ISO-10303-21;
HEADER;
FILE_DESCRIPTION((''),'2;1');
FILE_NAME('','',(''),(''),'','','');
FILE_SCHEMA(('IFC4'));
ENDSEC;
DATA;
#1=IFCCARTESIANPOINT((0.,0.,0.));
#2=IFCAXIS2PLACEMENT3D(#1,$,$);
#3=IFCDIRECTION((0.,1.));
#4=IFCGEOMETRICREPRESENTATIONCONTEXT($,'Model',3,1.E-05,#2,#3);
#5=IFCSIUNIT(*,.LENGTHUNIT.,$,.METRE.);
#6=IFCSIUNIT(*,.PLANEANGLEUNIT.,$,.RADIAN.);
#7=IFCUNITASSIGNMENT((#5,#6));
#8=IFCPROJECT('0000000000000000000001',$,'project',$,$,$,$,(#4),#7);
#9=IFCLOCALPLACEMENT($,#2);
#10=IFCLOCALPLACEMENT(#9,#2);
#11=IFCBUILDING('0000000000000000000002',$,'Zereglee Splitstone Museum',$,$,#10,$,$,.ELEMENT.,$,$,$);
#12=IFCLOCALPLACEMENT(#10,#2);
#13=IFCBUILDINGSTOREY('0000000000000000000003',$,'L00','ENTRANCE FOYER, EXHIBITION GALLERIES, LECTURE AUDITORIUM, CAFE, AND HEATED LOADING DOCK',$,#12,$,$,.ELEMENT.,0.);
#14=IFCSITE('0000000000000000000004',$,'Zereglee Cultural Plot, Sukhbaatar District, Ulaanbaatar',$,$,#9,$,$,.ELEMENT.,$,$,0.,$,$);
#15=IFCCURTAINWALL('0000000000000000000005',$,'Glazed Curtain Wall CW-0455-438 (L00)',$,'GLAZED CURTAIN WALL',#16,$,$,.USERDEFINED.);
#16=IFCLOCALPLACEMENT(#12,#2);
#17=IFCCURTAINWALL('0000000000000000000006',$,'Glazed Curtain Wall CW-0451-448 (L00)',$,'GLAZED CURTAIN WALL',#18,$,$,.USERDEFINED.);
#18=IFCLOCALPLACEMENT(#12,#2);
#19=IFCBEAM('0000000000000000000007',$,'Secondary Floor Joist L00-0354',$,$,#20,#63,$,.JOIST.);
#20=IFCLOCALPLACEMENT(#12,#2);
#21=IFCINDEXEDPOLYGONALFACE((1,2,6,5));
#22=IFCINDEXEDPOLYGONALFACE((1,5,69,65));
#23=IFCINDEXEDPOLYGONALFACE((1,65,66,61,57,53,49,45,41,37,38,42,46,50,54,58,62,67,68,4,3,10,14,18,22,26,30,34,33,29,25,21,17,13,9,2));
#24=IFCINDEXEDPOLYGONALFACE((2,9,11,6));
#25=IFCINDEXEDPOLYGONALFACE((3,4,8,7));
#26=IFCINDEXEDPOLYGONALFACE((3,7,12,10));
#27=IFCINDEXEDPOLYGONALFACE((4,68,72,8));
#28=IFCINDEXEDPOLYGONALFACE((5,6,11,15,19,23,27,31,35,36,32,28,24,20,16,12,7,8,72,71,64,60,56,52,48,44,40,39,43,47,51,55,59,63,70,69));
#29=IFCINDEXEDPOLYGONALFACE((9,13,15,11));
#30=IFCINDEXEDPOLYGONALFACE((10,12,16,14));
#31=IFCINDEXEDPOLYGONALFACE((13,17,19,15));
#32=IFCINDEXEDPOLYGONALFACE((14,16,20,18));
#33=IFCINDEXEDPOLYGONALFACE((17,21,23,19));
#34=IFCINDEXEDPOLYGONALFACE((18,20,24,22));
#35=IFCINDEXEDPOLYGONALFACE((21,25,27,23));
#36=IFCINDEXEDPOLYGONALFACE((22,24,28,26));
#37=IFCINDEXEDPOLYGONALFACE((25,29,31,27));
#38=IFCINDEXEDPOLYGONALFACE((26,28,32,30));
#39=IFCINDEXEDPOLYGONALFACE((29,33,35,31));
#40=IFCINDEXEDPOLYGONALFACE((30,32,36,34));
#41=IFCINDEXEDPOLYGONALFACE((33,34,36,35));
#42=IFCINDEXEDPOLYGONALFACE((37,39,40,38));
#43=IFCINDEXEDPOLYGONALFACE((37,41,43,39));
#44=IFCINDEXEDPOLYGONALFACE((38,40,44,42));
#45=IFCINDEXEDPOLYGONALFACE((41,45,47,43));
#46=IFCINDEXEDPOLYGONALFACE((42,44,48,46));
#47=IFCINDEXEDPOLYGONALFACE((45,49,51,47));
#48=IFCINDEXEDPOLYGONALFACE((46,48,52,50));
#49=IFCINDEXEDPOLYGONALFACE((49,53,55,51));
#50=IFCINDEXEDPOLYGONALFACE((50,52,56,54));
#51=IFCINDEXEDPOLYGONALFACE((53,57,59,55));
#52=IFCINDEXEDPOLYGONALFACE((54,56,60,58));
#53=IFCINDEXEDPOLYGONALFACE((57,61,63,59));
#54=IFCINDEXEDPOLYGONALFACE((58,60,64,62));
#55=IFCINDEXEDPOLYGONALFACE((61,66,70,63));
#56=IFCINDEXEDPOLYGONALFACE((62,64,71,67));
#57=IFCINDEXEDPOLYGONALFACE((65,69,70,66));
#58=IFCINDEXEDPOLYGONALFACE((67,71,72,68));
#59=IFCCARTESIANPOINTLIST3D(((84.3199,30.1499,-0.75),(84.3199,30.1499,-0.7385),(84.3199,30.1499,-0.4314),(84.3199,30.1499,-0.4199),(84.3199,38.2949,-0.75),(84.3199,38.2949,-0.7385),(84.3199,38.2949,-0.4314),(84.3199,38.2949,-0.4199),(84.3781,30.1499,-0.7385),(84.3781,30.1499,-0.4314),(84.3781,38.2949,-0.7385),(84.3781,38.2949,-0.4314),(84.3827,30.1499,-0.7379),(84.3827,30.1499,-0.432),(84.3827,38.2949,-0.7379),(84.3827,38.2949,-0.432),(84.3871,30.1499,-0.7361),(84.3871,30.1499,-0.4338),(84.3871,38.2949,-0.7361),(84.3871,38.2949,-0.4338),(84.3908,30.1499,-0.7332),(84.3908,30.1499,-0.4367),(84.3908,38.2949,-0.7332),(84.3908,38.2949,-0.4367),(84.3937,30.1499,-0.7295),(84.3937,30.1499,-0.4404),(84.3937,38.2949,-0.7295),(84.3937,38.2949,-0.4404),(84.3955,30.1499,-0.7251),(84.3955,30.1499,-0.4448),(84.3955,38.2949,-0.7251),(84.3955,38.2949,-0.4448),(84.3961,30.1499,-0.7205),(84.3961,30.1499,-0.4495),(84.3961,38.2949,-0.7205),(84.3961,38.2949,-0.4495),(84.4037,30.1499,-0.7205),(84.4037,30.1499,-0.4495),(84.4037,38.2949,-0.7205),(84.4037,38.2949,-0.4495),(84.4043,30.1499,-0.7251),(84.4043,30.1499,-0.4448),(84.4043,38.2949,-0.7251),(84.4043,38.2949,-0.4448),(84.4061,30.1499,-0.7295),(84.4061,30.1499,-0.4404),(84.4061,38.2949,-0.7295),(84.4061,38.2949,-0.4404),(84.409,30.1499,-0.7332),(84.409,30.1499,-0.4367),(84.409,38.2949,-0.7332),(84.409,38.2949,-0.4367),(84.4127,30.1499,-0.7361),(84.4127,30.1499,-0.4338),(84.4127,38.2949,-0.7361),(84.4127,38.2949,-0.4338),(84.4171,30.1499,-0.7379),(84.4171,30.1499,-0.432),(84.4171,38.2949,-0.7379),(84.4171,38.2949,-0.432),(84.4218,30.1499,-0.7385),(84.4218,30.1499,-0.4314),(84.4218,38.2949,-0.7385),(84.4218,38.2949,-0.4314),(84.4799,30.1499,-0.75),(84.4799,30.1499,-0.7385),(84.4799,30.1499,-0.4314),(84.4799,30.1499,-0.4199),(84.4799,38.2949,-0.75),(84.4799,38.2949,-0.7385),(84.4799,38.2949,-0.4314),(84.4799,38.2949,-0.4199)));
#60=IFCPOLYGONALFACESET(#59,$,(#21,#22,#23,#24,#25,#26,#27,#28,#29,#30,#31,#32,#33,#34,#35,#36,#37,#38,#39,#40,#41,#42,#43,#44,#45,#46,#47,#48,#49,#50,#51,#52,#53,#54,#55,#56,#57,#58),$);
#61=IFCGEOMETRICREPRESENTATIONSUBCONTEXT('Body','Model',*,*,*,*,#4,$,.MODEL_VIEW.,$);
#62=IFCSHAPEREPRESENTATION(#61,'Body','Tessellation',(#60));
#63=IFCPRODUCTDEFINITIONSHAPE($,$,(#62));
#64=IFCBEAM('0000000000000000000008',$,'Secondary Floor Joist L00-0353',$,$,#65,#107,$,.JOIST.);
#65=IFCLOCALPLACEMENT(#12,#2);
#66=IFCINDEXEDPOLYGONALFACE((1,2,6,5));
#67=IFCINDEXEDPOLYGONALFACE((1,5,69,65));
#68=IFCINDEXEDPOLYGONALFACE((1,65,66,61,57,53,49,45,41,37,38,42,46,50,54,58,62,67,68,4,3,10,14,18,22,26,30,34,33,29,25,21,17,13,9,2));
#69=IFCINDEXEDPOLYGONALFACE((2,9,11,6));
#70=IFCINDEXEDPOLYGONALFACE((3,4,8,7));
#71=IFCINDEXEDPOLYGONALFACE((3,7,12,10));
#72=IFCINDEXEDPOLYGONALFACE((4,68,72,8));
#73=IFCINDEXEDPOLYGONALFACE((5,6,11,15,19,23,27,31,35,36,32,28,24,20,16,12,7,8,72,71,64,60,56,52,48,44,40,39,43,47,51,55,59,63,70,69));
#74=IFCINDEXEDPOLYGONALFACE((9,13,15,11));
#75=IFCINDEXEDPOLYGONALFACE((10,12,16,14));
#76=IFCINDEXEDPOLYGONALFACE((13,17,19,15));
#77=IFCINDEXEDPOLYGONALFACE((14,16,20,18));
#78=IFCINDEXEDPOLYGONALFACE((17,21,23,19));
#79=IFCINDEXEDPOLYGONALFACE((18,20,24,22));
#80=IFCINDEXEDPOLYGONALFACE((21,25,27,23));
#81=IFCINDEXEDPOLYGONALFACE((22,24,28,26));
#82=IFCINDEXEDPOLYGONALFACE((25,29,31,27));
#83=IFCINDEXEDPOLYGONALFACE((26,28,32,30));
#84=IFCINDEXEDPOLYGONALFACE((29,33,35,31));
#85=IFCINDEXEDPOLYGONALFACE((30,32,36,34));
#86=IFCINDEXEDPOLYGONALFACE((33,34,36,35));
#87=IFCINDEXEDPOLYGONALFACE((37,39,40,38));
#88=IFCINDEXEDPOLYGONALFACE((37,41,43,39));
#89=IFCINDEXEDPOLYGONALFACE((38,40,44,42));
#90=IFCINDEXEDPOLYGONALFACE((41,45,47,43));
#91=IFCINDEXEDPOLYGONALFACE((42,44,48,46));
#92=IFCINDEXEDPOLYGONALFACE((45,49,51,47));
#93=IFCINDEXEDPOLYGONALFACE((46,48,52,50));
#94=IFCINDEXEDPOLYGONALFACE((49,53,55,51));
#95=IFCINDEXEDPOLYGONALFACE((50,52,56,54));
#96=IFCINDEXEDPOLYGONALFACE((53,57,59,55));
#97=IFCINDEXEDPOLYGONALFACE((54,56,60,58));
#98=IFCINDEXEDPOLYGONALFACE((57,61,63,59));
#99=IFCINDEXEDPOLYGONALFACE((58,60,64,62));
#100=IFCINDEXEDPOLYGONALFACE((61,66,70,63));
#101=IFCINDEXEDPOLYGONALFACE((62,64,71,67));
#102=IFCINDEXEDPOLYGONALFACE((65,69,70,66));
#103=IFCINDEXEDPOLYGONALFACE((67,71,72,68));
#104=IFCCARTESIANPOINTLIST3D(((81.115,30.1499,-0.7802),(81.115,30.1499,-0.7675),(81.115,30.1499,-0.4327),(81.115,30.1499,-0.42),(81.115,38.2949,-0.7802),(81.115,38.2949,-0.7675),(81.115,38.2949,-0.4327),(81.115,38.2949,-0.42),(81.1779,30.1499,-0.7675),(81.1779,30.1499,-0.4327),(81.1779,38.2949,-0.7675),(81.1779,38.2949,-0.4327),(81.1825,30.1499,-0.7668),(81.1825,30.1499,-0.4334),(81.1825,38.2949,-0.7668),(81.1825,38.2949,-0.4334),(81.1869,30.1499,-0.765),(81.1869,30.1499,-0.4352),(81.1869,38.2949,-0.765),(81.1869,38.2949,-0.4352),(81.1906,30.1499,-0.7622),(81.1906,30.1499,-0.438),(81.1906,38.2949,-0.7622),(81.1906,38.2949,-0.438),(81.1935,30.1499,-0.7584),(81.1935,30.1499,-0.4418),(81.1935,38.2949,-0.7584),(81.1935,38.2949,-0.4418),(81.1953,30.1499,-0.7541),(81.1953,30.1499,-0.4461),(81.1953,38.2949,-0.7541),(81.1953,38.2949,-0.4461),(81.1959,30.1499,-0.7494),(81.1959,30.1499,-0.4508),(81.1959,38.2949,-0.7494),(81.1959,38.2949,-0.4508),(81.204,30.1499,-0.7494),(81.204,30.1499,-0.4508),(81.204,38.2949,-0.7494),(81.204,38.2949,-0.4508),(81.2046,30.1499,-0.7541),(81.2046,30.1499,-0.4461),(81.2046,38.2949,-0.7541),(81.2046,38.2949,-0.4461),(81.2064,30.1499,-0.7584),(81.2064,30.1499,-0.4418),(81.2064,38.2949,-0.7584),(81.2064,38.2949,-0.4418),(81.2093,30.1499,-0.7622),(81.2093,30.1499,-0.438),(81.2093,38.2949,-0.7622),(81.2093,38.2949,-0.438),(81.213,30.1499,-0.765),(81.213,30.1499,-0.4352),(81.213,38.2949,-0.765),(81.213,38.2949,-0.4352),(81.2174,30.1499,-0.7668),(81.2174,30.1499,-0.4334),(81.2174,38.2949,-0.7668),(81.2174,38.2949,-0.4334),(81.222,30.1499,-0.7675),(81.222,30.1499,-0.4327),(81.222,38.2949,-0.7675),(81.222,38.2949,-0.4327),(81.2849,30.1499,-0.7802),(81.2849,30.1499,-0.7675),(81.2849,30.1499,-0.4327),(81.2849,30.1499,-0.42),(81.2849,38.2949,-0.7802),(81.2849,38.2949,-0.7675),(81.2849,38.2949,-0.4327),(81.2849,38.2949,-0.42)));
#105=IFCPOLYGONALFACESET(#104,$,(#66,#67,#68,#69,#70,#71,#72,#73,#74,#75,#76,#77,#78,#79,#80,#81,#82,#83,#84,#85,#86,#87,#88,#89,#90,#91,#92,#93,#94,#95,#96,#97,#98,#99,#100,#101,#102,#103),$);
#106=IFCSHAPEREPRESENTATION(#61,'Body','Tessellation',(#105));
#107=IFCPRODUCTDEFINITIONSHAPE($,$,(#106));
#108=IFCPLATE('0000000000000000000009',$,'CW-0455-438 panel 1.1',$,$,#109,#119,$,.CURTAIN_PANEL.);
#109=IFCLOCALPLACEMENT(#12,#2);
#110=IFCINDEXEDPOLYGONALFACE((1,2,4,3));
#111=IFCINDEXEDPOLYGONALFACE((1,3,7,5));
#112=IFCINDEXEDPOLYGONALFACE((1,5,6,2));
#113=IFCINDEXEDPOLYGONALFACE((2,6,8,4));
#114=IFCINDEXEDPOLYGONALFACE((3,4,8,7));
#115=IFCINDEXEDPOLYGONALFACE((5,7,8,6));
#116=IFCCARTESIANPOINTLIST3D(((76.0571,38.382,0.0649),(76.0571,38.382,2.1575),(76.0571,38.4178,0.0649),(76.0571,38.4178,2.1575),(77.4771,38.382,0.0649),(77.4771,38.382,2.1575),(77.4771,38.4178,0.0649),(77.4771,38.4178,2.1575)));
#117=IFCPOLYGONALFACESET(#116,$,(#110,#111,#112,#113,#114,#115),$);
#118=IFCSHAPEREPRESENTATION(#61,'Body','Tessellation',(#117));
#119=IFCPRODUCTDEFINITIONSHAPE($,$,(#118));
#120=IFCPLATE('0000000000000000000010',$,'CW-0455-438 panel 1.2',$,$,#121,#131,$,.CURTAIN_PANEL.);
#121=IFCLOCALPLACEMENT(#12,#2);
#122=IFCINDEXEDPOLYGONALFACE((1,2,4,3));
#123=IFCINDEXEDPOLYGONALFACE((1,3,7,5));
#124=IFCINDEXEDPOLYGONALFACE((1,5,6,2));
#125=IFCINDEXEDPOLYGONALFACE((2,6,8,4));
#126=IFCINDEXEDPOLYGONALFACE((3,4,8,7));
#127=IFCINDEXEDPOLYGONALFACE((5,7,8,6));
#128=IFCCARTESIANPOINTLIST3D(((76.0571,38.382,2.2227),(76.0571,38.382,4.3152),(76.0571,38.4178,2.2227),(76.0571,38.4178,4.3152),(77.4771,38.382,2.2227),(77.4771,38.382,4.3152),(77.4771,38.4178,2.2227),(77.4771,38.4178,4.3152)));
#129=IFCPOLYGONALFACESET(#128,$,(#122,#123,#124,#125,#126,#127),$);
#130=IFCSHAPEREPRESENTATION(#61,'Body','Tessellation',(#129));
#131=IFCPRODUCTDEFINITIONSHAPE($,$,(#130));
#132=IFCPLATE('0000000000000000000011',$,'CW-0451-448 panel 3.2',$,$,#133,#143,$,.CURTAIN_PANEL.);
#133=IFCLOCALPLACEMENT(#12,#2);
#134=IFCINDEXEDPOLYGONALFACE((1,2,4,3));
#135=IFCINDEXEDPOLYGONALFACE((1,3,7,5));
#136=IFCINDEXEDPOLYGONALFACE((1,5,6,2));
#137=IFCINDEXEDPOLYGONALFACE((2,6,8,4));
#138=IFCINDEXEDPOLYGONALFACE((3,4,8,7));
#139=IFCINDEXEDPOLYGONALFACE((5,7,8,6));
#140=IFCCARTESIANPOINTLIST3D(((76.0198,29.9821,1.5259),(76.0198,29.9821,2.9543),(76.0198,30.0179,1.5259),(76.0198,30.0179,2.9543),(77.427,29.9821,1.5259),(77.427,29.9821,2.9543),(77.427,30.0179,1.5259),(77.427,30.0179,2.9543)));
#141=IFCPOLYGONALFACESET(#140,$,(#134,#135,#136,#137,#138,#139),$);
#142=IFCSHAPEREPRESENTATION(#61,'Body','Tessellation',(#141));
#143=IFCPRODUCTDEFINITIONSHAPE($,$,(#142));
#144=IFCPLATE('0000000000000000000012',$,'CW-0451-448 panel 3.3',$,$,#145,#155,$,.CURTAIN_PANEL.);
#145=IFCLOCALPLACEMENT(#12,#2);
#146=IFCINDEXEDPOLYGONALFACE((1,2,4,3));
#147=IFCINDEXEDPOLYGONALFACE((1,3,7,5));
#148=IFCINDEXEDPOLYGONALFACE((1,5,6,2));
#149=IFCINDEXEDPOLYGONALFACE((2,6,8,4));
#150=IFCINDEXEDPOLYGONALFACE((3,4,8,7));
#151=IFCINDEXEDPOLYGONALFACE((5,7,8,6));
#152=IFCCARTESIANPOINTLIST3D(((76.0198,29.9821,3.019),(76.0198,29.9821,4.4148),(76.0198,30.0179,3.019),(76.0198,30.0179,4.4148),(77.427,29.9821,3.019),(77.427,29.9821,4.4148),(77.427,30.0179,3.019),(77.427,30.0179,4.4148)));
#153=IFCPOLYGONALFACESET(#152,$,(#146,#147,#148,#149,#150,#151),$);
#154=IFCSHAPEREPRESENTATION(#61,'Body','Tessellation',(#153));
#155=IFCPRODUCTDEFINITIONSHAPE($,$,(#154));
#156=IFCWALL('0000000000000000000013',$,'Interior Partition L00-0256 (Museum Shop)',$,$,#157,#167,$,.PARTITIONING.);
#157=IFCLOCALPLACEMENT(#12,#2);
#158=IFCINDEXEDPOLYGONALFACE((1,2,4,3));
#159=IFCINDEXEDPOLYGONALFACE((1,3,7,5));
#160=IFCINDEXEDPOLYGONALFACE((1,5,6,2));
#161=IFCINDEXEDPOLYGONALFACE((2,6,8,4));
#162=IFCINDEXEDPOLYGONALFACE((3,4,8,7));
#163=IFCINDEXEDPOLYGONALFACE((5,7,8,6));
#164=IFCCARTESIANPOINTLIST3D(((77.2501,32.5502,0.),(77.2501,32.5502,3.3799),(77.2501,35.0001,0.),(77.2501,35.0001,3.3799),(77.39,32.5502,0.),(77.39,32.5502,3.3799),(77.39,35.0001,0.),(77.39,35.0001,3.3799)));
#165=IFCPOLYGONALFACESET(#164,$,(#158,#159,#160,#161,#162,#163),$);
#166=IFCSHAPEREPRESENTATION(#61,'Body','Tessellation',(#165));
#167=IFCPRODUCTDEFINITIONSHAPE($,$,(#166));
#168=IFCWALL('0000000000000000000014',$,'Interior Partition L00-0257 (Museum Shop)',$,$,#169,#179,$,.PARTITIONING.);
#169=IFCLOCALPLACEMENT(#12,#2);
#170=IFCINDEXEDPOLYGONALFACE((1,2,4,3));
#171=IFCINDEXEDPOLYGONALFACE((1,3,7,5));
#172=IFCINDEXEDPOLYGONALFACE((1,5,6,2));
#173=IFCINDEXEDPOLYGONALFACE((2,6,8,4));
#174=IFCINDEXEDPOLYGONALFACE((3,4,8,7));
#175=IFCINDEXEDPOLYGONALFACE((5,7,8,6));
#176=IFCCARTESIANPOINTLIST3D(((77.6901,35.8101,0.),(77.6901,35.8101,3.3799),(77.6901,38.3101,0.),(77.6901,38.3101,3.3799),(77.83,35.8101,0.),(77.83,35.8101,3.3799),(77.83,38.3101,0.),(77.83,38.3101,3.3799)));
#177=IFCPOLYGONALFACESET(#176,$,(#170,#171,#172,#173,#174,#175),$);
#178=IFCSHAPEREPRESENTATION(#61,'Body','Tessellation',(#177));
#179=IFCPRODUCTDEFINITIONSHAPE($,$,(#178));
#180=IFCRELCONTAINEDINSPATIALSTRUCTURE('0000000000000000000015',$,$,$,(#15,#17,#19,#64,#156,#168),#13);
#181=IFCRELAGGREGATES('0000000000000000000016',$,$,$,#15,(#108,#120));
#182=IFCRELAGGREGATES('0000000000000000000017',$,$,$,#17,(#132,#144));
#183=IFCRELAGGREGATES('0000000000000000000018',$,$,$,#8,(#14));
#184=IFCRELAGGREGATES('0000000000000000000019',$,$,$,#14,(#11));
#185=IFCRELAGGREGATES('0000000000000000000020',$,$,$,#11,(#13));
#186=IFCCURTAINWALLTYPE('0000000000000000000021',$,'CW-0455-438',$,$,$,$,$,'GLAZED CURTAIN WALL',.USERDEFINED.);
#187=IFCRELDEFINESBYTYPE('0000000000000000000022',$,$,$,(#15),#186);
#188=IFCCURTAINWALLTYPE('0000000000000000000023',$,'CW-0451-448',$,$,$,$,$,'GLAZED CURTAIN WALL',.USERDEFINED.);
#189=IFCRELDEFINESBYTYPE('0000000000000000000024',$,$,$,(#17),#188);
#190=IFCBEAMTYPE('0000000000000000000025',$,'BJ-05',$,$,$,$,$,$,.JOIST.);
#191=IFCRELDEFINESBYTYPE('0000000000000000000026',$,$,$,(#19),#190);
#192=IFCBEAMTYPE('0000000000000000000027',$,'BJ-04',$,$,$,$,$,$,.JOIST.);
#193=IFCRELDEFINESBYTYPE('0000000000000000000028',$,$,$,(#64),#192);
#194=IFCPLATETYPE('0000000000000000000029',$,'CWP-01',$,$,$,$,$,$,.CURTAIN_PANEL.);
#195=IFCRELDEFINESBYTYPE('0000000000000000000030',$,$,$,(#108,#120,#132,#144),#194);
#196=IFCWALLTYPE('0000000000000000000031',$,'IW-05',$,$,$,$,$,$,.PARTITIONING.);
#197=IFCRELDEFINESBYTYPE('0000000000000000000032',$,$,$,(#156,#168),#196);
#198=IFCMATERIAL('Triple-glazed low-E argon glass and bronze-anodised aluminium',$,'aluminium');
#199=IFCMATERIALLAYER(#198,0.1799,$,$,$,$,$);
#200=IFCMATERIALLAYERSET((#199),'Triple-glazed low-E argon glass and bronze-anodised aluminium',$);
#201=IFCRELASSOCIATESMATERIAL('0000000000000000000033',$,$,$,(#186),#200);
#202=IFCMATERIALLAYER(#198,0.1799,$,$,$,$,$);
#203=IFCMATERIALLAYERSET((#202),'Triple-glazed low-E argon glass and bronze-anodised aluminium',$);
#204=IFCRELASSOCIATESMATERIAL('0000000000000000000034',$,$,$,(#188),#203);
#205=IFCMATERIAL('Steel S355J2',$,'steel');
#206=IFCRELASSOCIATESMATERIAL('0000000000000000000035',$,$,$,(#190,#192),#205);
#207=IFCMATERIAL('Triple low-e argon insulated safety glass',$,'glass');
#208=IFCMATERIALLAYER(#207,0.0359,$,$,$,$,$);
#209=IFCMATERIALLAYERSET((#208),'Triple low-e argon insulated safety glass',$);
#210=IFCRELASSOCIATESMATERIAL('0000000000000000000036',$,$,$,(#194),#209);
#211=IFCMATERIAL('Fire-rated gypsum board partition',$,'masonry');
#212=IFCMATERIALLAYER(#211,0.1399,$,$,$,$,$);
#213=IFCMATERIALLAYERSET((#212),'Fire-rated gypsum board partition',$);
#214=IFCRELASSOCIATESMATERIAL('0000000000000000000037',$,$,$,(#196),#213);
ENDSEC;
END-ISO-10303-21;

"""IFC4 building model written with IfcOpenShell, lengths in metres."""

from ifc_helpers import new_model, si_unit, direction, frame, frame_2d, origin, origin_2d, place, context, subcontext, project, spatial, rectangle, i_section, extrude, material, layer, layer_set, material_profile, profile_set, type_object, element, aggregate, save


model = new_model("IFC4")

# Units and contexts
model_context = context("Model", 3, precision=1e-05, world=origin(), true_north=direction((0.0, 1.0)))
body_context = subcontext(model_context, "Body", "Model", "MODEL_VIEW")
ifc_project = project(units=[si_unit("LENGTHUNIT", "METRE"), si_unit("PLANEANGLEUNIT", "RADIAN")], contexts=[model_context])

# Site, building, storey
site_placement = place(None, origin())
site = spatial("IfcSite", under=ifc_project, at=site_placement, Name="Zereglee Cultural Plot, Sukhbaatar District, Ulaanbaatar", CompositionType="ELEMENT", RefElevation=0.0)
building_placement = place(site_placement, origin())
building = spatial("IfcBuilding", under=site, at=building_placement, Name="Zereglee Splitstone Museum", CompositionType="ELEMENT")
storey_placement = place(building_placement, origin())
storey = spatial("IfcBuildingStorey", under=building, at=storey_placement, Name="L00", Description="ENTRANCE FOYER, EXHIBITION GALLERIES, LECTURE AUDITORIUM, CAFE, AND HEATED LOADING DOCK", CompositionType="ELEMENT", Elevation=0.0)

# Curtain walls
ifc_material_1 = material(Name="Triple-glazed low-E argon glass and bronze-anodised aluminium", Category="aluminium")
ifc_layer_1 = layer(ifc_material_1, 0.1799)
ifc_layer_set_1 = layer_set([ifc_layer_1], Name="Triple-glazed low-E argon glass and bronze-anodised aluminium")
curtain_wall_type_1 = type_object("IfcCurtainWallType", Name="CW-0455-438", ElementType="GLAZED CURTAIN WALL", PredefinedType="USERDEFINED", material=ifc_layer_set_1)
curtain_wall_1_placement = place(storey_placement, origin())
curtain_wall_1 = element("IfcCurtainWall", 1, at=curtain_wall_1_placement, inside=storey, type_object=curtain_wall_type_1, Name="Glazed Curtain Wall CW-0455-438 (L00)", ObjectType="GLAZED CURTAIN WALL", PredefinedType="USERDEFINED")
ifc_layer_2 = layer(ifc_material_1, 0.1799)
ifc_layer_set_2 = layer_set([ifc_layer_2], Name="Triple-glazed low-E argon glass and bronze-anodised aluminium")
curtain_wall_type_2 = type_object("IfcCurtainWallType", Name="CW-0451-448", ElementType="GLAZED CURTAIN WALL", PredefinedType="USERDEFINED", material=ifc_layer_set_2)
curtain_wall_2_placement = place(storey_placement, origin())
curtain_wall_2 = element("IfcCurtainWall", 2, at=curtain_wall_2_placement, inside=storey, type_object=curtain_wall_type_2, Name="Glazed Curtain Wall CW-0451-448 (L00)", ObjectType="GLAZED CURTAIN WALL", PredefinedType="USERDEFINED")

# Beams
ifc_material_2 = material(Name="Steel S355J2", Category="steel")
ifc_material_profile_1 = material_profile(ifc_material_2, i_section(OverallWidth=0.1599, OverallDepth=0.3301, WebThickness=0.0076, FlangeThickness=0.0115, FilletRadius=0.0181, at=origin_2d()), Name="IPE 330")
ifc_profile_set_1 = profile_set([ifc_material_profile_1], Name="Steel S355J2")
beam_type_1 = type_object("IfcBeamType", Name="BJ-05", PredefinedType="JOIST", material=ifc_profile_set_1)
beam_1_placement = place(storey_placement, frame((84.3999, 30.1499, -0.585), z_axis=(0.0, 1.0, 0.0), x_axis=(-1.0, 0.0, 0.0)))
element("IfcBeam", 3, at=beam_1_placement, inside=storey, type_object=beam_type_1, Name="Secondary Floor Joist L00-0354", PredefinedType="JOIST", context=body_context, shape_type="SweptSolid", body=[
    extrude(i_section(OverallWidth=0.1599, OverallDepth=0.3301, WebThickness=0.0076, FlangeThickness=0.0115, FilletRadius=0.0181, at=origin_2d()), origin(), (0.0, 0.0, 1.0), 8.145),
])
ifc_material_profile_2 = material_profile(ifc_material_2, i_section(OverallWidth=0.1699, OverallDepth=0.3601, WebThickness=0.0081, FlangeThickness=0.0127, FilletRadius=0.0181, at=origin_2d()), Name="IPE 360")
ifc_profile_set_2 = profile_set([ifc_material_profile_2], Name="Steel S355J2")
beam_type_2 = type_object("IfcBeamType", Name="BJ-04", PredefinedType="JOIST", material=ifc_profile_set_2)
beam_2_placement = place(storey_placement, frame((81.2, 30.1499, -0.6001), z_axis=(0.0, 1.0, 0.0), x_axis=(-1.0, 0.0, 0.0)))
element("IfcBeam", 4, at=beam_2_placement, inside=storey, type_object=beam_type_2, Name="Secondary Floor Joist L00-0353", PredefinedType="JOIST", context=body_context, shape_type="SweptSolid", body=[
    extrude(i_section(OverallWidth=0.1699, OverallDepth=0.3601, WebThickness=0.0081, FlangeThickness=0.0127, FilletRadius=0.0181, at=origin_2d()), origin(), (0.0, 0.0, 1.0), 8.145),
])

# Plates
ifc_material_3 = material(Name="Triple low-e argon insulated safety glass", Category="glass")
ifc_layer_3 = layer(ifc_material_3, 0.0359)
ifc_layer_set_3 = layer_set([ifc_layer_3], Name="Triple low-e argon insulated safety glass")
plate_type = type_object("IfcPlateType", Name="CWP-01", PredefinedType="CURTAIN_PANEL", material=ifc_layer_set_3)
plate_1_placement = place(storey_placement, frame((76.7671, 38.3999, 0.0649), z_axis=(0.0, 0.0, 1.0), x_axis=(-1.0, 0.0, 0.0)))
plate_1 = element("IfcPlate", 5, at=plate_1_placement, type_object=plate_type, Name="CW-0455-438 panel 1.1", PredefinedType="CURTAIN_PANEL", context=body_context, shape_type="SweptSolid", body=[
    extrude(rectangle(XDim=1.4199, YDim=0.0359, at=origin_2d()), origin(), (0.0, 0.0, 1.0), 2.0925),
])
plate_2_placement = place(storey_placement, frame((76.7671, 38.3999, 2.2227), z_axis=(0.0, 0.0, 1.0), x_axis=(-1.0, 0.0, 0.0)))
plate_2 = element("IfcPlate", 6, at=plate_2_placement, type_object=plate_type, Name="CW-0455-438 panel 1.2", PredefinedType="CURTAIN_PANEL", context=body_context, shape_type="SweptSolid", body=[
    extrude(rectangle(XDim=1.4199, YDim=0.0359, at=origin_2d()), origin(), (0.0, 0.0, 1.0), 2.0925),
])
aggregate(curtain_wall_1, [plate_1, plate_2])
plate_3_placement = place(storey_placement, frame((76.7234, 30.0, 1.5259), z_axis=(0.0, 0.0, 1.0), x_axis=(1.0, 0.0, 0.0)))
plate_3 = element("IfcPlate", 7, at=plate_3_placement, type_object=plate_type, Name="CW-0451-448 panel 3.2", PredefinedType="CURTAIN_PANEL", context=body_context, shape_type="SweptSolid", body=[
    extrude(rectangle(XDim=1.4072, YDim=0.0359, at=origin_2d()), origin(), (0.0, 0.0, 1.0), 1.4285),
])
plate_4_placement = place(storey_placement, frame((76.7234, 30.0, 3.019), z_axis=(0.0, 0.0, 1.0), x_axis=(1.0, 0.0, 0.0)))
plate_4 = element("IfcPlate", 8, at=plate_4_placement, type_object=plate_type, Name="CW-0451-448 panel 3.3", PredefinedType="CURTAIN_PANEL", context=body_context, shape_type="SweptSolid", body=[
    extrude(rectangle(XDim=1.4072, YDim=0.0359, at=origin_2d()), origin(), (0.0, 0.0, 1.0), 1.3958),
])
aggregate(curtain_wall_2, [plate_3, plate_4])

# Walls
ifc_material_4 = material(Name="Fire-rated gypsum board partition", Category="masonry")
ifc_layer_4 = layer(ifc_material_4, 0.1399)
ifc_layer_set_4 = layer_set([ifc_layer_4], Name="Fire-rated gypsum board partition")
wall_type_1 = type_object("IfcWallType", Name="IW-05", PredefinedType="PARTITIONING", material=ifc_layer_set_4)
wall_1_placement = place(storey_placement, frame((77.3201, 32.55, 0.0), z_axis=(0.0, 0.0, 1.0), x_axis=(0.0, 1.0, 0.0)))
element("IfcWall", 9, at=wall_1_placement, inside=storey, type_object=wall_type_1, Name="Interior Partition L00-0256 (Museum Shop)", PredefinedType="PARTITIONING", context=body_context, shape_type="SweptSolid", body=[
    extrude(rectangle(XDim=2.45, YDim=0.1399, at=frame_2d((1.2251, 0.0))), origin(), (0.0, 0.0, 1.0), 3.3799),
])
wall_2_placement = place(storey_placement, frame((77.76, 35.8101, 0.0), z_axis=(0.0, 0.0, 1.0), x_axis=(0.0, 1.0, 0.0)))
element("IfcWall", 10, at=wall_2_placement, inside=storey, type_object=wall_type_1, Name="Interior Partition L00-0257 (Museum Shop)", PredefinedType="PARTITIONING", context=body_context, shape_type="SweptSolid", body=[
    extrude(rectangle(XDim=2.5, YDim=0.1399, at=frame_2d((1.25, 0.0))), origin(), (0.0, 0.0, 1.0), 3.3799),
])

save(model, "model.ifc")
